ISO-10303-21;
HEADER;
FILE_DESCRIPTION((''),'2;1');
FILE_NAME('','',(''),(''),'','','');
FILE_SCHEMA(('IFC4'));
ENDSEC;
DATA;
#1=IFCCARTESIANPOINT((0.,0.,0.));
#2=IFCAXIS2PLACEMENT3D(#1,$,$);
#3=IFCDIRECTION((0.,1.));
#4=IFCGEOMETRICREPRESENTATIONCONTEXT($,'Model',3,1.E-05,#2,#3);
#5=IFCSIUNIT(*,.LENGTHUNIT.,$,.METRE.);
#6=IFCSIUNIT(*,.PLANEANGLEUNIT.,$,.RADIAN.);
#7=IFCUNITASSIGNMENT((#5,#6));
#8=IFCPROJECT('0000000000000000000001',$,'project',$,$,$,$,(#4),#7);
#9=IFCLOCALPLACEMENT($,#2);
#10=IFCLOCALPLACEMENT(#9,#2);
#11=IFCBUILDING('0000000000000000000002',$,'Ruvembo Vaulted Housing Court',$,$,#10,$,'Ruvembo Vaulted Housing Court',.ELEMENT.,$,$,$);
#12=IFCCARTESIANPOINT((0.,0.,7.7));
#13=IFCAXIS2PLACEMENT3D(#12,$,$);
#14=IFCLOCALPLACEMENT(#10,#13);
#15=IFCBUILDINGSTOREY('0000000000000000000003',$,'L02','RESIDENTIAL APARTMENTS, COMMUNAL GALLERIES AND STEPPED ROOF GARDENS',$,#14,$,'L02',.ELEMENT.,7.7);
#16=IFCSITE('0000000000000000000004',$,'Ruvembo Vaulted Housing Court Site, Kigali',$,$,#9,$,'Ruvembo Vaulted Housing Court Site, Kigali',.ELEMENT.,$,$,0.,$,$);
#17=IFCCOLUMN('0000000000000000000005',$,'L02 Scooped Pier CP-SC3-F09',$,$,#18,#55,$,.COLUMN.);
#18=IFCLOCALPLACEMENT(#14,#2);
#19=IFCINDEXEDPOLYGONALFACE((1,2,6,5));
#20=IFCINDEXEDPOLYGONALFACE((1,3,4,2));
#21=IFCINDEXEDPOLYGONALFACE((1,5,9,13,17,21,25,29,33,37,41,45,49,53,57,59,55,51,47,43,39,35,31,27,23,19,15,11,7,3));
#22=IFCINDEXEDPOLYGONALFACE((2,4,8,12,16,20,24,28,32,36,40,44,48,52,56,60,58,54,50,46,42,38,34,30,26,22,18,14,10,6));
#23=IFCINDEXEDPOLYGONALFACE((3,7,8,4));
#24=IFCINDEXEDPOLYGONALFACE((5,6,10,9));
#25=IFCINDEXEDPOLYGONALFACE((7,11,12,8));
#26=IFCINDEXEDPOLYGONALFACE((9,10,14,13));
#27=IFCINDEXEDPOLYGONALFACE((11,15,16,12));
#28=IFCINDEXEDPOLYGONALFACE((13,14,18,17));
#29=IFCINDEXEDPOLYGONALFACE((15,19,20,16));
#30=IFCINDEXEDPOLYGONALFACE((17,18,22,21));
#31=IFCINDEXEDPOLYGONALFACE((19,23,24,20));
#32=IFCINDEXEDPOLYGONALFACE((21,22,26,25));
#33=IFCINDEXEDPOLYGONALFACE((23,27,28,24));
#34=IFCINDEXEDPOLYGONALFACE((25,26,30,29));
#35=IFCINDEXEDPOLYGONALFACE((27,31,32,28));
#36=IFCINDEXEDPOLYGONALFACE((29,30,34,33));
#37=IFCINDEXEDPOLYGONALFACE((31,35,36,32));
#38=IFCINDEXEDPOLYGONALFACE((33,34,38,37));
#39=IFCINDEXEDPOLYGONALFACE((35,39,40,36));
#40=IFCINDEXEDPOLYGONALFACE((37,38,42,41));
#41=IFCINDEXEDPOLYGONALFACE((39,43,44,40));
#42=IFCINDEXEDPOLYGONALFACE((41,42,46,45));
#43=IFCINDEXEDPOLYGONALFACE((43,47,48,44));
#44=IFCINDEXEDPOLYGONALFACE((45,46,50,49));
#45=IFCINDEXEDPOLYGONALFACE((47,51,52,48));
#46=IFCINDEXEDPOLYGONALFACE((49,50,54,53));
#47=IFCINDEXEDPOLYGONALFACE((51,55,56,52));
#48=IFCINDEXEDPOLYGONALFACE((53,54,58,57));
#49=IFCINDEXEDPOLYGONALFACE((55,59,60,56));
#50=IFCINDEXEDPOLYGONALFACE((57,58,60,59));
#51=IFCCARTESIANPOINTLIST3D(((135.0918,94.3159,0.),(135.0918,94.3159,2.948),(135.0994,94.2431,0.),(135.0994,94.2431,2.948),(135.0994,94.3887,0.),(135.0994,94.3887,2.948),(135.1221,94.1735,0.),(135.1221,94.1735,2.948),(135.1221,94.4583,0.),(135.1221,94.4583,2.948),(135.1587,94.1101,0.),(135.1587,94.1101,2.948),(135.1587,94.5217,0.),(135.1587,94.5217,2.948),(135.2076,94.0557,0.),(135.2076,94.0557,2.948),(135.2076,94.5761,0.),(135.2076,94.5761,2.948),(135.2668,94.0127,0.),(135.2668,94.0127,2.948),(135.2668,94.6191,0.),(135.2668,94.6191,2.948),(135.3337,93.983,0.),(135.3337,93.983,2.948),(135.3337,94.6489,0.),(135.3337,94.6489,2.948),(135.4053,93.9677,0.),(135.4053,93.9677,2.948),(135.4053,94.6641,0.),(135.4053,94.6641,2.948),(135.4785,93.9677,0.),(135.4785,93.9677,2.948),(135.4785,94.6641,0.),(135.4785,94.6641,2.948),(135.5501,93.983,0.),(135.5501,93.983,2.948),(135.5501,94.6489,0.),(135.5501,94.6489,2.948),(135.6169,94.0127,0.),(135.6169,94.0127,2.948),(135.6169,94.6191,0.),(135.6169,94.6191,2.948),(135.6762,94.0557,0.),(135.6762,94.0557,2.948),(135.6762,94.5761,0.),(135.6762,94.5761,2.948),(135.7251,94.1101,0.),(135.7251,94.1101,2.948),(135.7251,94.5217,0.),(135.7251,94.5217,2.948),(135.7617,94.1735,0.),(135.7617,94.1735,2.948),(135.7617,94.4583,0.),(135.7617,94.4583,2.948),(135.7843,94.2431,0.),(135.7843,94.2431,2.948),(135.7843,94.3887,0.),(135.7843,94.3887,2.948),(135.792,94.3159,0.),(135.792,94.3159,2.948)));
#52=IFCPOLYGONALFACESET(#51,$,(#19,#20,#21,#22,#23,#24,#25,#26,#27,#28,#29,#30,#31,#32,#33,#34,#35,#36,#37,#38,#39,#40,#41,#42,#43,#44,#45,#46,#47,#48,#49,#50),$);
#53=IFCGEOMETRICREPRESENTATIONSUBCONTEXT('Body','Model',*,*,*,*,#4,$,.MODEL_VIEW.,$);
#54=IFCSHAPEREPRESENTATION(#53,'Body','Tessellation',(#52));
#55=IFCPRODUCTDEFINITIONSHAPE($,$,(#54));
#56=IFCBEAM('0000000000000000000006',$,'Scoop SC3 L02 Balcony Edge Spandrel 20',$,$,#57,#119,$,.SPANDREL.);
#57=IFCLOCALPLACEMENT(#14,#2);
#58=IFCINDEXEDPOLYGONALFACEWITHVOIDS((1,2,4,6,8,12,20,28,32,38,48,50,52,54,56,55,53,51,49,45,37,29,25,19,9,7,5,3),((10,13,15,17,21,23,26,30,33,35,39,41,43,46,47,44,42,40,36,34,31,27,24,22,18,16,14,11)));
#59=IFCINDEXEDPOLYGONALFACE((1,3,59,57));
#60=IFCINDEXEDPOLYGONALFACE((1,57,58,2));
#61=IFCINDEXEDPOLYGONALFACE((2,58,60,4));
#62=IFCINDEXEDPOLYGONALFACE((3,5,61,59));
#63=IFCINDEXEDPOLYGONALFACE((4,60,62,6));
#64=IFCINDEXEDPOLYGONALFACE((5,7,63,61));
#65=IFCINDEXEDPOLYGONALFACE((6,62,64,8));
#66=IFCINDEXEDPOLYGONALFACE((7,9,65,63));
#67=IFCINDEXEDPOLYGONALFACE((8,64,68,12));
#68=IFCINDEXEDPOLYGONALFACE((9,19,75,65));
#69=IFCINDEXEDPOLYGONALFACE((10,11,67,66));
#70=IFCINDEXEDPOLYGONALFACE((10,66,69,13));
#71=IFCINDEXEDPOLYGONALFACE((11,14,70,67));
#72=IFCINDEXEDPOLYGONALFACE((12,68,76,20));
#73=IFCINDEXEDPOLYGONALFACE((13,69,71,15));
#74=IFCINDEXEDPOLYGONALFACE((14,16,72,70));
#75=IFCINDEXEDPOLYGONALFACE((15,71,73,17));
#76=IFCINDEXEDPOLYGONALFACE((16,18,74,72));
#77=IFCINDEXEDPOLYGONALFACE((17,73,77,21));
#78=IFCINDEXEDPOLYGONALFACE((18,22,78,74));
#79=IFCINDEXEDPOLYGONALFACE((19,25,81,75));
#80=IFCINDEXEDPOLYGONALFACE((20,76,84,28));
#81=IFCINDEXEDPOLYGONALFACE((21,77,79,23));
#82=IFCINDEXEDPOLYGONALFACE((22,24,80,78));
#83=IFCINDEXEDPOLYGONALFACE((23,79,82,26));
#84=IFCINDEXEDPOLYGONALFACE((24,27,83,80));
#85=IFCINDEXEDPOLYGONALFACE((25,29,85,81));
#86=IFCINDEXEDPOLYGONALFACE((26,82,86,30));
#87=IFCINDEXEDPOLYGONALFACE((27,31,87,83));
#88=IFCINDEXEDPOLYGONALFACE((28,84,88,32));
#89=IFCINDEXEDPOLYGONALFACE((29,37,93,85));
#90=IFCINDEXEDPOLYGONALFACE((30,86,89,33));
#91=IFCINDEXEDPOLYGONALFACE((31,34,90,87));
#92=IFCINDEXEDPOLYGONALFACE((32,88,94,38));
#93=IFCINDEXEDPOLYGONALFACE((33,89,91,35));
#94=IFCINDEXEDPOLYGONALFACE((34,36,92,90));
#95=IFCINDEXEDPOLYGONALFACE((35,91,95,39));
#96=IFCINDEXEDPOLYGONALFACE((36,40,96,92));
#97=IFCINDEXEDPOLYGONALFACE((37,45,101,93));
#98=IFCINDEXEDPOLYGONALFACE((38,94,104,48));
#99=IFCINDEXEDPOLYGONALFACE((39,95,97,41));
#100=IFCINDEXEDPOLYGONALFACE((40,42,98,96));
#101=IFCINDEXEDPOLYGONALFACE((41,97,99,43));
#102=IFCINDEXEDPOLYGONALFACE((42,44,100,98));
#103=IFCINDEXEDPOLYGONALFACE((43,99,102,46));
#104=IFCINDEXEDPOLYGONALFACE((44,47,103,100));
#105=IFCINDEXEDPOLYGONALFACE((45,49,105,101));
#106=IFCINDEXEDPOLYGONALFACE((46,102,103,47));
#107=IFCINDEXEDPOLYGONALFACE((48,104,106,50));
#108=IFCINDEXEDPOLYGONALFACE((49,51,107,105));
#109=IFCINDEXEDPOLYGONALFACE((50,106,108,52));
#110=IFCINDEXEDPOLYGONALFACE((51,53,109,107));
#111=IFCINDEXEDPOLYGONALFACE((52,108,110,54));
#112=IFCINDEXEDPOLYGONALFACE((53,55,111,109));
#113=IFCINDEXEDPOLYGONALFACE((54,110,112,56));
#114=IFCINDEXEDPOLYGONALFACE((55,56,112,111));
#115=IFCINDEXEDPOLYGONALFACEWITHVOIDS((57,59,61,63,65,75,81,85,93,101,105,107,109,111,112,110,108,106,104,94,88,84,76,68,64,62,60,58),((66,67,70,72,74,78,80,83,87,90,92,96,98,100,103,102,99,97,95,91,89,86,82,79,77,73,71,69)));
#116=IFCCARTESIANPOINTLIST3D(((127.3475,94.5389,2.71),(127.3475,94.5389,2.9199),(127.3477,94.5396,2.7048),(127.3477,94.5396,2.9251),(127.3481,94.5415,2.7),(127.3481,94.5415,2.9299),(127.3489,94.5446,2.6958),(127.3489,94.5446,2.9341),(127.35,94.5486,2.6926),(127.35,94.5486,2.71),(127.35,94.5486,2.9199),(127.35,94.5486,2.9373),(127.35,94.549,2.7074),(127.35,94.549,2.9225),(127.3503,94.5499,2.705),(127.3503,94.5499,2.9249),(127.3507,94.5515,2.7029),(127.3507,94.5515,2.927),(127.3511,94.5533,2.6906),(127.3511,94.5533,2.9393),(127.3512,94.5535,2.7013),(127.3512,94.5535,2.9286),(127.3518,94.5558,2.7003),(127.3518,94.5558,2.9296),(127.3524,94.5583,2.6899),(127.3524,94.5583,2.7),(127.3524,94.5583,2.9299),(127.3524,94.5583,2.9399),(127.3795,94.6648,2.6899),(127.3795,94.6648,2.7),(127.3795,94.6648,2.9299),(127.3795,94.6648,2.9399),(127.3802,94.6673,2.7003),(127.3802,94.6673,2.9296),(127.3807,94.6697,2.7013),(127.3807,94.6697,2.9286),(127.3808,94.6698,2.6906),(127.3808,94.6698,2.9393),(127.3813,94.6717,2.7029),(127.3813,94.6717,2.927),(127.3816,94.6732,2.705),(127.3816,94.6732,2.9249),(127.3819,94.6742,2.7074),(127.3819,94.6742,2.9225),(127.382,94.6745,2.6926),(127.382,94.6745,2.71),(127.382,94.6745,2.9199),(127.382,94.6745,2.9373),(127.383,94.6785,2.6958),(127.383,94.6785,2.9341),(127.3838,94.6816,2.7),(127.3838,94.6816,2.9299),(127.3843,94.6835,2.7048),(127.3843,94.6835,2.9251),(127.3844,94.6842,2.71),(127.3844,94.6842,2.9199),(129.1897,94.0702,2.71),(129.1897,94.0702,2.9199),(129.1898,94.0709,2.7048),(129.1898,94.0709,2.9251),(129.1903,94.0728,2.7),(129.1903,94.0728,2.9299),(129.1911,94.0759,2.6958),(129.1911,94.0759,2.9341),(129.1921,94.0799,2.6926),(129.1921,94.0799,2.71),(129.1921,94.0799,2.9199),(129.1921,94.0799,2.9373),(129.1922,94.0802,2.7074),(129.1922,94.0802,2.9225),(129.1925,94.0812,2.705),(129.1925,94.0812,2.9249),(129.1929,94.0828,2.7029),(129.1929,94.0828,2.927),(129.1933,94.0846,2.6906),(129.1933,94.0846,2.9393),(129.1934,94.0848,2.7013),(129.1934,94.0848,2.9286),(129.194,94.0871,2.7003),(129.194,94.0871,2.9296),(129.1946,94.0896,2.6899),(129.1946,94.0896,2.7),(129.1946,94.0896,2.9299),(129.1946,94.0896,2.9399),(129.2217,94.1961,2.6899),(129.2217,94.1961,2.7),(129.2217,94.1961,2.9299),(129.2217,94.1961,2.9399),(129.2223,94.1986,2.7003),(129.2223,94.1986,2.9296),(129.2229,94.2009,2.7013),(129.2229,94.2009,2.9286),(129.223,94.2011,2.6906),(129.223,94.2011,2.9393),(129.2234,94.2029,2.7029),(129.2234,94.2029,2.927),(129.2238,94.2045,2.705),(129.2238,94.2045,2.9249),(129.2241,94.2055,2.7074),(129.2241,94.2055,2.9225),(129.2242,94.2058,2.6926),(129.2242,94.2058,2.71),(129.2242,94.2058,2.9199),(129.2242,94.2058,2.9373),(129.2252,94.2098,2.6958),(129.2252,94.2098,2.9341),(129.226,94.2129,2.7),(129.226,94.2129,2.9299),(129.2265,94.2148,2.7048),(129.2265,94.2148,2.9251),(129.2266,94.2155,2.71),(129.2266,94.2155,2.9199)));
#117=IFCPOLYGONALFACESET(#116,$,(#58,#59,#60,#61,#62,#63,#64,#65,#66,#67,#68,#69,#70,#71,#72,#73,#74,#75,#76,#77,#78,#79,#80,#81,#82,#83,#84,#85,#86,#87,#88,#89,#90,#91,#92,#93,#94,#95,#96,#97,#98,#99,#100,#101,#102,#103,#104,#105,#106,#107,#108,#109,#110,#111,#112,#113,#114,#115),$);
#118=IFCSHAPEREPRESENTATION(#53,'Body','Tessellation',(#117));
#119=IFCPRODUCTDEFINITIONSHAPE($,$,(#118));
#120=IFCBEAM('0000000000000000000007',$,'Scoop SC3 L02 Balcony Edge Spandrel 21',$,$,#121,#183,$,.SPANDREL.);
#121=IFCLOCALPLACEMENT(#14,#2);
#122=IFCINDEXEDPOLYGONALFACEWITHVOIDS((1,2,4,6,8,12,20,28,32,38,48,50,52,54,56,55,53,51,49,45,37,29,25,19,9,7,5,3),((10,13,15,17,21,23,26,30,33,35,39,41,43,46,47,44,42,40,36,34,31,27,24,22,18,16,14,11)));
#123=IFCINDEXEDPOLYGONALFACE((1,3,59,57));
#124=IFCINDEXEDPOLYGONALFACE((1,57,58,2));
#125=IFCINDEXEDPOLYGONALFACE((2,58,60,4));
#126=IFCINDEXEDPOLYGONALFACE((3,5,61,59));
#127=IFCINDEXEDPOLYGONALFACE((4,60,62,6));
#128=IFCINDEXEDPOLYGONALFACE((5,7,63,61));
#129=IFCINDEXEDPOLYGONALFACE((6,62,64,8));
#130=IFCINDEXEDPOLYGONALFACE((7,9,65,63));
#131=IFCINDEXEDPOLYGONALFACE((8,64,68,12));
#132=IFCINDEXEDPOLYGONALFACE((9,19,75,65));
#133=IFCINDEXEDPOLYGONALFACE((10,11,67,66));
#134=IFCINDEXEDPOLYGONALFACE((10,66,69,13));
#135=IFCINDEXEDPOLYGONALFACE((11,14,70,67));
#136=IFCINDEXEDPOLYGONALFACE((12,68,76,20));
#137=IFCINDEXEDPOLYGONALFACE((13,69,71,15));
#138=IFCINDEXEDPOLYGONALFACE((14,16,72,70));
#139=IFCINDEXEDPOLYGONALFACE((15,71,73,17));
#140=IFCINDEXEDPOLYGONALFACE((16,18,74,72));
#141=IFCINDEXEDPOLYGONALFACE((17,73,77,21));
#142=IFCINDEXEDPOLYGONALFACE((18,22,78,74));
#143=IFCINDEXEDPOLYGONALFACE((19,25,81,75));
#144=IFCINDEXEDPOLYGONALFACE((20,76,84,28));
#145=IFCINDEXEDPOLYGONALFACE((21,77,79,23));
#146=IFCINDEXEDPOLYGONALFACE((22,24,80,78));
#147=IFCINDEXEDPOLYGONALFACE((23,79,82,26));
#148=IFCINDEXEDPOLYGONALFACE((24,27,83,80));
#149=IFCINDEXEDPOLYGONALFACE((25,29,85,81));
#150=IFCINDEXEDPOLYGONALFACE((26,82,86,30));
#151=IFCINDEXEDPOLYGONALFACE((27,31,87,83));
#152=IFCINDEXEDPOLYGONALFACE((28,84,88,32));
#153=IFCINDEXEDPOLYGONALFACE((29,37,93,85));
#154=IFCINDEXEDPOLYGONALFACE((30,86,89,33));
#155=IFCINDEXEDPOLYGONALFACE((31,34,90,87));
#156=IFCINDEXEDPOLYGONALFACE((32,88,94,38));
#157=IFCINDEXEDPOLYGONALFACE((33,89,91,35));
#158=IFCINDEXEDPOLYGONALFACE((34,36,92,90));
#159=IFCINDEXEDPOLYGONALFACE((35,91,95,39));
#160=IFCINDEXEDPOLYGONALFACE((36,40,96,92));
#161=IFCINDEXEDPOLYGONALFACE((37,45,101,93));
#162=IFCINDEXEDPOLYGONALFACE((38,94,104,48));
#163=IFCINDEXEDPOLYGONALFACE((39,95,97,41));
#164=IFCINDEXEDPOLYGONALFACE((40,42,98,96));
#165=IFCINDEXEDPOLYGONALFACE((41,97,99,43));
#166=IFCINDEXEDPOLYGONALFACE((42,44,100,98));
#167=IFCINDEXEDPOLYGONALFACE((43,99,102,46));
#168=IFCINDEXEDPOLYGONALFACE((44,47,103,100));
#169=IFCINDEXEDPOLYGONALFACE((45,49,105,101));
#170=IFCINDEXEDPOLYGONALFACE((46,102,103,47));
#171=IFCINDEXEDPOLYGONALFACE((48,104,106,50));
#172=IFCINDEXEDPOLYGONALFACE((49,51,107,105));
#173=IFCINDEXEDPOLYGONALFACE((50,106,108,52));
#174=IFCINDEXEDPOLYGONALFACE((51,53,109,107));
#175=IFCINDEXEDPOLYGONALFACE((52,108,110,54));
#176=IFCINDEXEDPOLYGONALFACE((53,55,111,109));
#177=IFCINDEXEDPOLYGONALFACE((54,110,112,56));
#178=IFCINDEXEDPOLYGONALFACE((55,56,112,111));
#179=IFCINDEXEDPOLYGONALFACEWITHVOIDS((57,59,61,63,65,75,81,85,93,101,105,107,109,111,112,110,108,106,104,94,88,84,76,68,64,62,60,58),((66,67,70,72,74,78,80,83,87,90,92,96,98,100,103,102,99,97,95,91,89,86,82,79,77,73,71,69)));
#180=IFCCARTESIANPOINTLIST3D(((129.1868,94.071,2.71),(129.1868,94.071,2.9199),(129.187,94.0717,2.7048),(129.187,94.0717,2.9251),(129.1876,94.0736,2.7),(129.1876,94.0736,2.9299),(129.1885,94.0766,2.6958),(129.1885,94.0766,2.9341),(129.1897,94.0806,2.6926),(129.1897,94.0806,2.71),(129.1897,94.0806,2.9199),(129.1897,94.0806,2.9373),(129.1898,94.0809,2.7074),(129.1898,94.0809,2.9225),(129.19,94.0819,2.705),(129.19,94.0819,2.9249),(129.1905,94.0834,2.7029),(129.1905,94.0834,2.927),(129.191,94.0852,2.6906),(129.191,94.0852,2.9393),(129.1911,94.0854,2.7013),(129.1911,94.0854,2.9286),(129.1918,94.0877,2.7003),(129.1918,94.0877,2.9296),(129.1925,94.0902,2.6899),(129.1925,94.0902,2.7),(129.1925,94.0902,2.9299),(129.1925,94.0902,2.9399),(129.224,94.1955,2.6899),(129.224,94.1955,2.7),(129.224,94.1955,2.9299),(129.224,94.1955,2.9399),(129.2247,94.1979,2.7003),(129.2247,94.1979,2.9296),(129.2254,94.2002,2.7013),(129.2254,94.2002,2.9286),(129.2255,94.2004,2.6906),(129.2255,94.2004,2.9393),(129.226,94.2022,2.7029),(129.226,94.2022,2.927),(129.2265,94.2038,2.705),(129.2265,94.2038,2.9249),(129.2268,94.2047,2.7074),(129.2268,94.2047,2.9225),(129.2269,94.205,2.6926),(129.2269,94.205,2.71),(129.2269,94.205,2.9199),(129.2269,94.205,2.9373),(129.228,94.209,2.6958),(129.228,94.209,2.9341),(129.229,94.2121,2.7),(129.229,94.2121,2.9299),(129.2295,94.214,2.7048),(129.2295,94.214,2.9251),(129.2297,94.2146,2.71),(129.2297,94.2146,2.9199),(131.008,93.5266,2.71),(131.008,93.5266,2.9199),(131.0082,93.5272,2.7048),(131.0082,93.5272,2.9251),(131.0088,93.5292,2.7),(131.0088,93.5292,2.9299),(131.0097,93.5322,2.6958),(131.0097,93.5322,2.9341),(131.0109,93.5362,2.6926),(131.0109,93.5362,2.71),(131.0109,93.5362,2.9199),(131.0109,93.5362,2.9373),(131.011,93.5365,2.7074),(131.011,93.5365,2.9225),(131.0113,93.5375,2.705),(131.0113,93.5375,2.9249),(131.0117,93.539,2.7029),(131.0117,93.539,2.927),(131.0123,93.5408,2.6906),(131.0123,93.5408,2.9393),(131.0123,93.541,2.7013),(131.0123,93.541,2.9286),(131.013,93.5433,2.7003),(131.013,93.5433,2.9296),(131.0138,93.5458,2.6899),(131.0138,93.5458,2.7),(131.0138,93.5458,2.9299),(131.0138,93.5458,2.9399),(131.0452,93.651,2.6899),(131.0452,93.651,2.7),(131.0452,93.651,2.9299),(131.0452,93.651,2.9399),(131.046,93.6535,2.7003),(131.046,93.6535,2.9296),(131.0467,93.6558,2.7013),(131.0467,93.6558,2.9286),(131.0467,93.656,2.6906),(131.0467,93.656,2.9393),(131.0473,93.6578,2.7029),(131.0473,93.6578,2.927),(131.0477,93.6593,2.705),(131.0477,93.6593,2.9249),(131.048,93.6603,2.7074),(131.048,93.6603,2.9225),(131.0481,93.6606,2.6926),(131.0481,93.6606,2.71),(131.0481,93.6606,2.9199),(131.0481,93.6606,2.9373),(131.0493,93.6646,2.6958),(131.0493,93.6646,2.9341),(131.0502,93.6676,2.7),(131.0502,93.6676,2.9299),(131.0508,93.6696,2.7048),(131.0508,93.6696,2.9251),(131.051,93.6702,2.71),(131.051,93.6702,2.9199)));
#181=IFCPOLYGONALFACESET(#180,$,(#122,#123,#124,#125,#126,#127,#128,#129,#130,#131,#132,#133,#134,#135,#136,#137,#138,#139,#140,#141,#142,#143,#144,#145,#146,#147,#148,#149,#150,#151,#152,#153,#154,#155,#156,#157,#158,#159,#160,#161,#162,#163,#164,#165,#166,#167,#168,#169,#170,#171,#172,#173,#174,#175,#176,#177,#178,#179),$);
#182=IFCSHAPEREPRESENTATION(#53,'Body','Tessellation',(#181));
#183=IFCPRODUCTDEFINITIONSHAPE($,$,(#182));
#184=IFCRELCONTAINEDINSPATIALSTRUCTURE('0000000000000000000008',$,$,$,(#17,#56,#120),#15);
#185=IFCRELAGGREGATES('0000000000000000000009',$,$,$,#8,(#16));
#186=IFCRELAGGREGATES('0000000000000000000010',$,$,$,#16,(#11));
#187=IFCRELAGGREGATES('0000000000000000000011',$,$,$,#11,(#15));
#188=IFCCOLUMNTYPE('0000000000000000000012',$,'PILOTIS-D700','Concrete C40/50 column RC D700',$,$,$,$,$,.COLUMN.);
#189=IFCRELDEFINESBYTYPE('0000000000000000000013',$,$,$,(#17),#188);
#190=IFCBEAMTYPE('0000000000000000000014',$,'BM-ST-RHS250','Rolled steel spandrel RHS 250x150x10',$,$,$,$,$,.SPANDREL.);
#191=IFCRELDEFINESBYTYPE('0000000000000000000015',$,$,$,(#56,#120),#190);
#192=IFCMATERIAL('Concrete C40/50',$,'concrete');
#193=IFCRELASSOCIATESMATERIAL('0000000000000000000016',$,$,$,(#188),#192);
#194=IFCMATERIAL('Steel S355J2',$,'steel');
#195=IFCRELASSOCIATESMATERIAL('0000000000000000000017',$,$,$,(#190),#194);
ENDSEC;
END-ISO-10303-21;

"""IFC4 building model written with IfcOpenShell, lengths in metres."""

from ifc_helpers import new_model, si_unit, direction, frame, origin, origin_2d, place, context, subcontext, project, spatial, hollow_rectangle, circle, extrude, material, material_profile, profile_set, type_object, element, save


model = new_model("IFC4")

# Units and contexts
model_context = context("Model", 3, precision=1e-05, world=origin(), true_north=direction((0.0, 1.0)))
body_context = subcontext(model_context, "Body", "Model", "MODEL_VIEW")
ifc_project = project(units=[si_unit("LENGTHUNIT", "METRE"), si_unit("PLANEANGLEUNIT", "RADIAN")], contexts=[model_context])

# Site, building, storey
site_placement = place(None, origin())
site = spatial("IfcSite", under=ifc_project, at=site_placement, Name="Ruvembo Vaulted Housing Court Site, Kigali", LongName="Ruvembo Vaulted Housing Court Site, Kigali", CompositionType="ELEMENT", RefElevation=0.0)
building_placement = place(site_placement, origin())
building = spatial("IfcBuilding", under=site, at=building_placement, Name="Ruvembo Vaulted Housing Court", LongName="Ruvembo Vaulted Housing Court", CompositionType="ELEMENT")
storey_placement = place(building_placement, frame((0.0, 0.0, 7.7)))
storey = spatial("IfcBuildingStorey", under=building, at=storey_placement, Name="L02", Description="RESIDENTIAL APARTMENTS, COMMUNAL GALLERIES AND STEPPED ROOF GARDENS", LongName="L02", CompositionType="ELEMENT", Elevation=7.7)

# Column
ifc_material_1 = material(Name="Concrete C40/50", Category="concrete")
ifc_material_profile_1 = material_profile(ifc_material_1, circle(Radius=0.3501, at=origin_2d()), Name="RC D700")
ifc_profile_set_1 = profile_set([ifc_material_profile_1], Name="Concrete C40/50")
column_type = type_object("IfcColumnType", Name="PILOTIS-D700", Description="Concrete C40/50 column RC D700", PredefinedType="COLUMN", material=ifc_profile_set_1)
column_placement = place(storey_placement, frame((135.4419, 94.3159, 0.0), z_axis=(0.0, 0.0, 1.0), x_axis=(1.0, 0.0, 0.0)))
element("IfcColumn", 1, at=column_placement, inside=storey, type_object=column_type, Name="L02 Scooped Pier CP-SC3-F09", PredefinedType="COLUMN", context=body_context, shape_type="SweptSolid", body=[
    extrude(circle(Radius=0.3501, at=origin_2d()), origin(), (0.0, 0.0, 1.0), 2.948),
])

# Beams
ifc_material_2 = material(Name="Steel S355J2", Category="steel")
ifc_material_profile_2 = material_profile(ifc_material_2, hollow_rectangle(XDim=0.1499, YDim=0.25, WallThickness=0.01, InnerFilletRadius=0.01, OuterFilletRadius=0.02, at=origin_2d()), Name="RHS 250x150x10")
ifc_profile_set_2 = profile_set([ifc_material_profile_2], Name="Steel S355J2")
beam_type = type_object("IfcBeamType", Name="BM-ST-RHS250", Description="Rolled steel spandrel RHS 250x150x10", PredefinedType="SPANDREL", material=ifc_profile_set_2)
for number, where, z_axis, x_axis, name in (
    (2, (127.366, 94.6116, 2.8149), (0.969122, -0.246583, 0.0), (0.246583, 0.969122, 0.0), "Scoop SC3 L02 Balcony Edge Spandrel 20"),
    (3, (129.2083, 94.1428, 2.8149), (0.958109, -0.286405, 0.0), (0.286405, 0.958109, 0.0), "Scoop SC3 L02 Balcony Edge Spandrel 21"),
):
    element("IfcBeam", number, at=place(storey_placement, frame(where, z_axis=z_axis, x_axis=x_axis)), inside=storey, type_object=beam_type, Name=name, PredefinedType="SPANDREL", context=body_context, shape_type="SweptSolid", body=[
        extrude(hollow_rectangle(XDim=0.1499, YDim=0.25, WallThickness=0.01, InnerFilletRadius=0.01, OuterFilletRadius=0.02, at=origin_2d()), origin(), (0.0, 0.0, 1.0), 1.9009),
    ])

save(model, "model.ifc")
